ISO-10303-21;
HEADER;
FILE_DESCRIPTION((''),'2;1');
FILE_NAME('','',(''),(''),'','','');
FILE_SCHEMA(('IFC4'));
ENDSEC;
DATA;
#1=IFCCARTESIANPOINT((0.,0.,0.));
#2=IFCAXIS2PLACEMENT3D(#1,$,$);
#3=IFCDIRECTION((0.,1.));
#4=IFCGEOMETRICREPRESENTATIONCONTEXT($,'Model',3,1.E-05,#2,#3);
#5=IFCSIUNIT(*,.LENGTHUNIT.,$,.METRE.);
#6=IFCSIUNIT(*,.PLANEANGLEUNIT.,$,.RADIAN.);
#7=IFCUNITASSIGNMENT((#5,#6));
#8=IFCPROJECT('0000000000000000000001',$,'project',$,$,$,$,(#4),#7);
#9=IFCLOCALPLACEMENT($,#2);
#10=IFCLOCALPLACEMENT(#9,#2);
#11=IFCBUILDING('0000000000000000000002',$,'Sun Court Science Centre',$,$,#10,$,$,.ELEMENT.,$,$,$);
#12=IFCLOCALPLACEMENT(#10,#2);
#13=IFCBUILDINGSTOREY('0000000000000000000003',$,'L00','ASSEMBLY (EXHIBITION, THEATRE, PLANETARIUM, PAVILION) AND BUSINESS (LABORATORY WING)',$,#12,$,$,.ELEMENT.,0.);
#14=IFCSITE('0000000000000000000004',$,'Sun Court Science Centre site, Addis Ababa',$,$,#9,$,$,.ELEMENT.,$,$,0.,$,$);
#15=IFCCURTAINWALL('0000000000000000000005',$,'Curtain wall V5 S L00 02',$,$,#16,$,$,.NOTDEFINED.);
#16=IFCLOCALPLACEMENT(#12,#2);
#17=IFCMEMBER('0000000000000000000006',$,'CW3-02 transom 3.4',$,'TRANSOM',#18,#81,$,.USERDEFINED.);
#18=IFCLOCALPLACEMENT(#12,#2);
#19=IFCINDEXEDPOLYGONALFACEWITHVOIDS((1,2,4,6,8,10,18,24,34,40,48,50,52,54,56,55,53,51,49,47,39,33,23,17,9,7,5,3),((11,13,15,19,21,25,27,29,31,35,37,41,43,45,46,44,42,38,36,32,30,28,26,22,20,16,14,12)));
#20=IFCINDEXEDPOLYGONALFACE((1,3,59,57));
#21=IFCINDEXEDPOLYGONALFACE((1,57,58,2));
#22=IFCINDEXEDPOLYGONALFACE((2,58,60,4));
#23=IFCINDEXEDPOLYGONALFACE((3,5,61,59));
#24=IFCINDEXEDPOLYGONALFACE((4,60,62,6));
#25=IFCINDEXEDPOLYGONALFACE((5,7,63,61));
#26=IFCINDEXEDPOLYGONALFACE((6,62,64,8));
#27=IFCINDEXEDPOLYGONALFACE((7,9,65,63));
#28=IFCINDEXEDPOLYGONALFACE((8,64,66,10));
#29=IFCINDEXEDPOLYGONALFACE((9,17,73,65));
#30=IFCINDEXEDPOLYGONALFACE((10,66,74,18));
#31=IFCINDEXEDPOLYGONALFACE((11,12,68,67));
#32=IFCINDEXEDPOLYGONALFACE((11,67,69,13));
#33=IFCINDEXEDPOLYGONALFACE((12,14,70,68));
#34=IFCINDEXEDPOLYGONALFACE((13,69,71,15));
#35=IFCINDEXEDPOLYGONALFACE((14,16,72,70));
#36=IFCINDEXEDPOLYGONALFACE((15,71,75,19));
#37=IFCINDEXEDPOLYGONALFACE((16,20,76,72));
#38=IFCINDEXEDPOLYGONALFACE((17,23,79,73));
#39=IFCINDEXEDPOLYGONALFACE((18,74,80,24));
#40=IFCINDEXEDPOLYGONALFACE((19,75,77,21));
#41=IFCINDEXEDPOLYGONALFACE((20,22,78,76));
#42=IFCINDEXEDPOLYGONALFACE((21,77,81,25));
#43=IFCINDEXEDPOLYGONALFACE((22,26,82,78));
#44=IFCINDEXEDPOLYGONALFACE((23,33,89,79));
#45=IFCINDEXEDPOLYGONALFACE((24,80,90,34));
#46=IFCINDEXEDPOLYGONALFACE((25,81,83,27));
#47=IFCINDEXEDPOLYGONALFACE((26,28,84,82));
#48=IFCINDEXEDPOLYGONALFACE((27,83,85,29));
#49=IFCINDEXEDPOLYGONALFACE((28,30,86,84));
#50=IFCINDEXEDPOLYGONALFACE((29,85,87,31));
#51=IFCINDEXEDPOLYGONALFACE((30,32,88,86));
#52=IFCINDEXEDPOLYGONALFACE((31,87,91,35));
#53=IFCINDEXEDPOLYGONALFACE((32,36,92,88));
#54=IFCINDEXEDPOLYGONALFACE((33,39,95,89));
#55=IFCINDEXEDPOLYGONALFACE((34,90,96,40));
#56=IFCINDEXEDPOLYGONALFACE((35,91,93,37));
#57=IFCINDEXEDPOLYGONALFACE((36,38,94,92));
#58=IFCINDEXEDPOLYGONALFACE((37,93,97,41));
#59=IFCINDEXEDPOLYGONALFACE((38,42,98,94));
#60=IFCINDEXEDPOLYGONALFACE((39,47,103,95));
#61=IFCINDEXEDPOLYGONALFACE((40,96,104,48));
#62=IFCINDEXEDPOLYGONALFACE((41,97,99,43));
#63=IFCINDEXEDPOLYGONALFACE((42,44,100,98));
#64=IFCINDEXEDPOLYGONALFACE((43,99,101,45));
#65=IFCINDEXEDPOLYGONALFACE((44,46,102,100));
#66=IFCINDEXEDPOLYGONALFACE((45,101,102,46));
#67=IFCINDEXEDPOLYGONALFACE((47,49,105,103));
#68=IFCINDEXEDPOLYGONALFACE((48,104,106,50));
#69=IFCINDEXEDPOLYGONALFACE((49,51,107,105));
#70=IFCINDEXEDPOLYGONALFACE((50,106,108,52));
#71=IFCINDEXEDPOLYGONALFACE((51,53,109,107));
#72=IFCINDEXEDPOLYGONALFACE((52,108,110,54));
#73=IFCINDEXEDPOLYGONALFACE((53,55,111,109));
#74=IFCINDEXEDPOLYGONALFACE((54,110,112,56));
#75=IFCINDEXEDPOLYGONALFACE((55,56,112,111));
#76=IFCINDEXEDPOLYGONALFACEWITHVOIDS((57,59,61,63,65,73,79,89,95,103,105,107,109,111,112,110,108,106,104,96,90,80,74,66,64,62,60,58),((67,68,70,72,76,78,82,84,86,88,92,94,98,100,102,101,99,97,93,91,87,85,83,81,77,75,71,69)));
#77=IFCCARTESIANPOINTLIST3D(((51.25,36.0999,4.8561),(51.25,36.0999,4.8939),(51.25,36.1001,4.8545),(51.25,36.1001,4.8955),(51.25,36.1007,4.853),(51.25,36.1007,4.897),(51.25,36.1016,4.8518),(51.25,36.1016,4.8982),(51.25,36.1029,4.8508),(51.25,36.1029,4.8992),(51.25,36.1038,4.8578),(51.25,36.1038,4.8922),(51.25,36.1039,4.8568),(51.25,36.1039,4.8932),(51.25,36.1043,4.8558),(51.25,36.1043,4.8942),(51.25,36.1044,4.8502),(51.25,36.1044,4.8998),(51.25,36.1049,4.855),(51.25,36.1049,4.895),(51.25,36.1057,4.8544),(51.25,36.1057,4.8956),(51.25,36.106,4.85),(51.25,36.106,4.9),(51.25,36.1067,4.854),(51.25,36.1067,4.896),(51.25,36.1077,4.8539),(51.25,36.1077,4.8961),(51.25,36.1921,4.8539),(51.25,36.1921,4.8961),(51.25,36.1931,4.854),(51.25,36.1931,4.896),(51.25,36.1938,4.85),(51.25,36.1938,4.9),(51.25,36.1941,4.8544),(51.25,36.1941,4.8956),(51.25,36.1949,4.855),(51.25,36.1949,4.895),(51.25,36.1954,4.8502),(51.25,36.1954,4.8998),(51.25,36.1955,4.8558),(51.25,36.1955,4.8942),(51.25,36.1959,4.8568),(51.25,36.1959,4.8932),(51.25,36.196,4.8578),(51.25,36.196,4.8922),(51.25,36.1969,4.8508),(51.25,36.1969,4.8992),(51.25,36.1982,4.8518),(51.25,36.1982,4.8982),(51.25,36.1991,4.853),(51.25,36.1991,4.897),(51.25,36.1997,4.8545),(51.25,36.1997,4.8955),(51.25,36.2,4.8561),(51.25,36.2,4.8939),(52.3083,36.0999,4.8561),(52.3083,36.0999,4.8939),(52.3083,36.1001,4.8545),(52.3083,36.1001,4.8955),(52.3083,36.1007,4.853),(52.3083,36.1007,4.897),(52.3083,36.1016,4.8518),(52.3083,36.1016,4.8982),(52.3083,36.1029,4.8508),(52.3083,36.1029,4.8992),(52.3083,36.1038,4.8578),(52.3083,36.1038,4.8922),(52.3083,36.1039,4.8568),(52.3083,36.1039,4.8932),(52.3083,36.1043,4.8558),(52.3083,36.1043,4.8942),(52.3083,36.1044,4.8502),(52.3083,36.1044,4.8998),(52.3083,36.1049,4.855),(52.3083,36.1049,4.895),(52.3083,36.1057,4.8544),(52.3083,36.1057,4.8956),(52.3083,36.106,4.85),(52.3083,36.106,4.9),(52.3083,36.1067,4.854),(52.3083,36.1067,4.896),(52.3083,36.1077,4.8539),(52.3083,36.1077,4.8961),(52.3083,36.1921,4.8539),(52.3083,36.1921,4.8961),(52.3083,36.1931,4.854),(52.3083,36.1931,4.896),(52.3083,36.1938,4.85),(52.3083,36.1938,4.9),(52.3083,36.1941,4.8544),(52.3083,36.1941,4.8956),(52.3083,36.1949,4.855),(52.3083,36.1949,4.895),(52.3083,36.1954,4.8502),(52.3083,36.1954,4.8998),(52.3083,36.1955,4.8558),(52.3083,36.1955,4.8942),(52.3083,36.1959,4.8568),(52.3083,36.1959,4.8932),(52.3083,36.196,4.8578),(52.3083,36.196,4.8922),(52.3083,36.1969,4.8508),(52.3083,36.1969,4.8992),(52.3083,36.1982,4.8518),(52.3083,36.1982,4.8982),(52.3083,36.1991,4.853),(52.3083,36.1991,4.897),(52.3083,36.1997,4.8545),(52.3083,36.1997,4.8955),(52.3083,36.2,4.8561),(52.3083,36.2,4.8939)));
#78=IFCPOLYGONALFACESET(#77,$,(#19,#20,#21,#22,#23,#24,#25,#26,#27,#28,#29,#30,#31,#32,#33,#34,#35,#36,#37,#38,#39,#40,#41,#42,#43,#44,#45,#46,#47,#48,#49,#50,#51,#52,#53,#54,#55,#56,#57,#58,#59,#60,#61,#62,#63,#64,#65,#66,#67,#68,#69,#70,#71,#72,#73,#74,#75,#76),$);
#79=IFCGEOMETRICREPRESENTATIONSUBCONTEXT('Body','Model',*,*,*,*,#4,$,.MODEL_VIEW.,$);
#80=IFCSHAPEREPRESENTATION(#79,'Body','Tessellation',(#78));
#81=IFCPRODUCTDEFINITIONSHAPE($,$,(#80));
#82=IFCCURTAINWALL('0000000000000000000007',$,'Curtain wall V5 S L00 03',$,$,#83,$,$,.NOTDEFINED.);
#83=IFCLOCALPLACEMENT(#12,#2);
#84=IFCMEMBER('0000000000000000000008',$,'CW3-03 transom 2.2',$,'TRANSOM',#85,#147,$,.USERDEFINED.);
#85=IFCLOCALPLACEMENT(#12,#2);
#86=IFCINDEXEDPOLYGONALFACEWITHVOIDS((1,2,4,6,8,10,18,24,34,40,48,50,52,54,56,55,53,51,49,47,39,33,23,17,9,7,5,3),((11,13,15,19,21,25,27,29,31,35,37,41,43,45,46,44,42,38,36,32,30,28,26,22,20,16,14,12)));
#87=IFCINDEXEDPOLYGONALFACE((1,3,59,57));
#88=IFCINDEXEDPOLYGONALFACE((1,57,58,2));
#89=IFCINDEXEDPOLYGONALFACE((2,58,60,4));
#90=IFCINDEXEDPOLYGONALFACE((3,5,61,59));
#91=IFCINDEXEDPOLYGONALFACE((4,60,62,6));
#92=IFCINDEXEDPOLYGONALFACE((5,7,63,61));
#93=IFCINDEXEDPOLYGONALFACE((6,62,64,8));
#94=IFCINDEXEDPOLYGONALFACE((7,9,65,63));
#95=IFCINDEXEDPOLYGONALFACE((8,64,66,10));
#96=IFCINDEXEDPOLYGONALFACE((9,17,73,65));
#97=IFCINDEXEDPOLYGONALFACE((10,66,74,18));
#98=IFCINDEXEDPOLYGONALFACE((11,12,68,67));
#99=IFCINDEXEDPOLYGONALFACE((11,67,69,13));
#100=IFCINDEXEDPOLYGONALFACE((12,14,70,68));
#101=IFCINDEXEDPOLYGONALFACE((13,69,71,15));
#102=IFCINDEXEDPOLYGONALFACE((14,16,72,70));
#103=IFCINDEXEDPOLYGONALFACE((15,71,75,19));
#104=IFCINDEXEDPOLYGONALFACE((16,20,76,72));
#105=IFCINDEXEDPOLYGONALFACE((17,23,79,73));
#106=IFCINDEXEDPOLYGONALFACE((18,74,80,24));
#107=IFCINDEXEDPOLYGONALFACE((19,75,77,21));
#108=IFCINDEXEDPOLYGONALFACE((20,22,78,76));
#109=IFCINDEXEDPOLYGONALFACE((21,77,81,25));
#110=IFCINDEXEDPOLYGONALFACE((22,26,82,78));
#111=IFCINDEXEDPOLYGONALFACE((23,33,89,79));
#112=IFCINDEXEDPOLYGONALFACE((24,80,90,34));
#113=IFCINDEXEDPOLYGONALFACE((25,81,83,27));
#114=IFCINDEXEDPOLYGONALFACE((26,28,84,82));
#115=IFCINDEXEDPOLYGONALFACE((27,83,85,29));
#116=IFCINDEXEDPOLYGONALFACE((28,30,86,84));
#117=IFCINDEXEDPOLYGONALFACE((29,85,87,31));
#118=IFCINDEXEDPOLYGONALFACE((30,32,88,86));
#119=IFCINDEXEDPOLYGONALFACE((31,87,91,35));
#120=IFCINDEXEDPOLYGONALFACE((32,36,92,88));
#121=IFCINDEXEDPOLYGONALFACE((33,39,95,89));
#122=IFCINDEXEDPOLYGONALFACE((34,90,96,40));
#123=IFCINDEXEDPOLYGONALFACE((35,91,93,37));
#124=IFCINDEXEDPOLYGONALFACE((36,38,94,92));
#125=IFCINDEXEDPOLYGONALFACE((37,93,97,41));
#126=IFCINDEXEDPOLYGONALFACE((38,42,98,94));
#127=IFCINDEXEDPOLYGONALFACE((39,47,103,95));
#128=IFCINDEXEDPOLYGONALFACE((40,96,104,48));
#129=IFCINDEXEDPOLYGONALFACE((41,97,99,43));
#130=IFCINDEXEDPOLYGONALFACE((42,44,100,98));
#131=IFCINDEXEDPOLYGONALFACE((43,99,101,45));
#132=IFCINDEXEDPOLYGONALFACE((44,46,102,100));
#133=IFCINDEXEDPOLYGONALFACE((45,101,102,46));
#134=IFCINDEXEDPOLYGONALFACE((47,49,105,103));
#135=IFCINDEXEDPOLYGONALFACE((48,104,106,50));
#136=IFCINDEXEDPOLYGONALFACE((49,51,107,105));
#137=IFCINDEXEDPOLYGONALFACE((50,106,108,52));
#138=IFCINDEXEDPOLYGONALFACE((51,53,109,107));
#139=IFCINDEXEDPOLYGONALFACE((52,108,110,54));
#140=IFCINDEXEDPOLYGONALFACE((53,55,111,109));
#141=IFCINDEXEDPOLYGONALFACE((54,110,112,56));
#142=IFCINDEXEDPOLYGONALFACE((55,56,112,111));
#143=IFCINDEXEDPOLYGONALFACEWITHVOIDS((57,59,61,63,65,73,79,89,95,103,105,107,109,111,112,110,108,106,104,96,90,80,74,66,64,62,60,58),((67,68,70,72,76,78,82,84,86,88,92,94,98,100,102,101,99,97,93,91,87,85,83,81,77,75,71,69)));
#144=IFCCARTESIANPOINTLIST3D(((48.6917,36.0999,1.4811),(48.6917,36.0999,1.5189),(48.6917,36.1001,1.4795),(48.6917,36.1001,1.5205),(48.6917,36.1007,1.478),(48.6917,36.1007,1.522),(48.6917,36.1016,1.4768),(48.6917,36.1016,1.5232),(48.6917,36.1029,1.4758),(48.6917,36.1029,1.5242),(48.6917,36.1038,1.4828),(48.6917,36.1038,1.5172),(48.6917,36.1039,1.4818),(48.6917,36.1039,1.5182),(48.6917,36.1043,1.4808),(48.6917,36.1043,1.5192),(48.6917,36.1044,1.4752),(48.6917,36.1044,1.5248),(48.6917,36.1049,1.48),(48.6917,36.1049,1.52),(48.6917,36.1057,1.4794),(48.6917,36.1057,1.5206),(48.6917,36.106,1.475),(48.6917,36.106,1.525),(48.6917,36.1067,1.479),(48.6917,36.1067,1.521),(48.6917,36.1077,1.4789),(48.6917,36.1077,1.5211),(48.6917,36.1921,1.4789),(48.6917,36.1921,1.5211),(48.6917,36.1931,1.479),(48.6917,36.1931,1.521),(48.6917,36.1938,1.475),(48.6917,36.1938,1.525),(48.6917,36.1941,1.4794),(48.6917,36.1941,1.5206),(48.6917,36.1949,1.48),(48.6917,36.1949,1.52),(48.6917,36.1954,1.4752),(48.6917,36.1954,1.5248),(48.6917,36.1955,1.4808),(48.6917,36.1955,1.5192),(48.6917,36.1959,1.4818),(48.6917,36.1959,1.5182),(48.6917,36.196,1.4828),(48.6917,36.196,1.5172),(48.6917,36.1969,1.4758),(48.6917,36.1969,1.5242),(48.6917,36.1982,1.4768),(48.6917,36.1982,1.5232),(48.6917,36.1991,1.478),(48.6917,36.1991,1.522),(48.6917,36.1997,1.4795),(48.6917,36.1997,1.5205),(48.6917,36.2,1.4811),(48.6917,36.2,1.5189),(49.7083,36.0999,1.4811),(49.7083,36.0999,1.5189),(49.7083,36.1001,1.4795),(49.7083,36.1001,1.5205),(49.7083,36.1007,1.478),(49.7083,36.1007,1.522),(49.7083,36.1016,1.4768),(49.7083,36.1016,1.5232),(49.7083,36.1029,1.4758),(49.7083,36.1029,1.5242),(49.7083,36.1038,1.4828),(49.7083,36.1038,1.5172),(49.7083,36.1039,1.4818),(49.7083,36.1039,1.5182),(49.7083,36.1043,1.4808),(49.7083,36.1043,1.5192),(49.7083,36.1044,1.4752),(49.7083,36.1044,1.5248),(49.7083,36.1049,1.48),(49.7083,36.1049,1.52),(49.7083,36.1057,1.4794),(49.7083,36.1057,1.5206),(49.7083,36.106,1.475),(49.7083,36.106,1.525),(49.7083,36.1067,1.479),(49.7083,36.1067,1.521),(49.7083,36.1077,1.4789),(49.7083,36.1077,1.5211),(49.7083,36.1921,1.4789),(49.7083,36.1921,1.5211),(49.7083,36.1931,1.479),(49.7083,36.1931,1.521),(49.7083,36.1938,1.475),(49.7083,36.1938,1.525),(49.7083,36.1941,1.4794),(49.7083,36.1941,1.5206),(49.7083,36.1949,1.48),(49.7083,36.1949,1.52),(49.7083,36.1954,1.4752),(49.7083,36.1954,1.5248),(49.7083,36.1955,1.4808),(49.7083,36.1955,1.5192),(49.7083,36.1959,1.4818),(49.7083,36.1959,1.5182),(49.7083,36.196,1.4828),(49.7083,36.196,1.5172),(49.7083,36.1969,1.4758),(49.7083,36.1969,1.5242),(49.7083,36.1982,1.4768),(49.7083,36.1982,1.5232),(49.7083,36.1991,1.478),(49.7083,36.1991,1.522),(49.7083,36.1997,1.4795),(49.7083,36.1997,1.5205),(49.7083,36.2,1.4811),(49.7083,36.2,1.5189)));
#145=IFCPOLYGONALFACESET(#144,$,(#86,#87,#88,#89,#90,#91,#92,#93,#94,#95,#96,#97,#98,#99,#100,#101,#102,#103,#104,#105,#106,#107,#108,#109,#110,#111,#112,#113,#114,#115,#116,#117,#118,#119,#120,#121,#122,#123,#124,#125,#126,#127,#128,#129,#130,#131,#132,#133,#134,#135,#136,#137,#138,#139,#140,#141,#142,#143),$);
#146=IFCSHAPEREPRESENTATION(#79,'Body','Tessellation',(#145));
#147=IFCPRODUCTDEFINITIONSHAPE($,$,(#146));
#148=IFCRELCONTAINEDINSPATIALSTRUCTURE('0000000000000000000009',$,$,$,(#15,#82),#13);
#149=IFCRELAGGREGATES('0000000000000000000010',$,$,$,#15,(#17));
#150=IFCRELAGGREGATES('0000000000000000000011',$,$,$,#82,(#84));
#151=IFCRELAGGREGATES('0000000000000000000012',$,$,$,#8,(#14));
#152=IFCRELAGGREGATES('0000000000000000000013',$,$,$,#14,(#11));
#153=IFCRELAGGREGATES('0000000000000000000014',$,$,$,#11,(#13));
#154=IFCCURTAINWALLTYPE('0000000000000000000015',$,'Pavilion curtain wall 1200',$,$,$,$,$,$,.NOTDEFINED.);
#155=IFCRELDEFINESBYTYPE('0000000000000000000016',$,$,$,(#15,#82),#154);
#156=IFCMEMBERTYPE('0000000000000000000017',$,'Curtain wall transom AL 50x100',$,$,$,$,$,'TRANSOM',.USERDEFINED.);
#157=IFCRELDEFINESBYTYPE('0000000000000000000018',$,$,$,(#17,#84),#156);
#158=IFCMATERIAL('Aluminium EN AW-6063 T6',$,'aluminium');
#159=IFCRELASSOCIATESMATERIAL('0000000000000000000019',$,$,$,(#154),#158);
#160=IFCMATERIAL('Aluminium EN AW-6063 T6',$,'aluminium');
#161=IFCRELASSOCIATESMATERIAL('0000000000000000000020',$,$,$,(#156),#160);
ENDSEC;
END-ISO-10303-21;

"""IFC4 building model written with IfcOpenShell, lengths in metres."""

from ifc_helpers import new_model, si_unit, direction, frame, origin, origin_2d, place, context, subcontext, project, spatial, hollow_rectangle, extrude, material, material_profile, profile_set, type_object, element, aggregate, save


model = new_model("IFC4")

# Units and contexts
model_context = context("Model", 3, precision=1e-05, world=origin(), true_north=direction((0.0, 1.0)))
body_context = subcontext(model_context, "Body", "Model", "MODEL_VIEW")
ifc_project = project(units=[si_unit("LENGTHUNIT", "METRE"), si_unit("PLANEANGLEUNIT", "RADIAN")], contexts=[model_context])

# Site, building, storey
site_placement = place(None, origin())
site = spatial("IfcSite", under=ifc_project, at=site_placement, Name="Sun Court Science Centre site, Addis Ababa", CompositionType="ELEMENT", RefElevation=0.0)
building_placement = place(site_placement, origin())
building = spatial("IfcBuilding", under=site, at=building_placement, Name="Sun Court Science Centre", CompositionType="ELEMENT")
storey_placement = place(building_placement, origin())
storey = spatial("IfcBuildingStorey", under=building, at=storey_placement, Name="L00", Description="ASSEMBLY (EXHIBITION, THEATRE, PLANETARIUM, PAVILION) AND BUSINESS (LABORATORY WING)", CompositionType="ELEMENT", Elevation=0.0)

# Curtain walls, members
ifc_material_1 = material(Name="Aluminium EN AW-6063 T6", Category="aluminium")
curtain_wall_type = type_object("IfcCurtainWallType", Name="Pavilion curtain wall 1200", PredefinedType="NOTDEFINED", material=ifc_material_1)
curtain_wall_1_placement = place(storey_placement, origin())
curtain_wall_1 = element("IfcCurtainWall", 1, at=curtain_wall_1_placement, inside=storey, type_object=curtain_wall_type, Name="Curtain wall V5 S L00 02", PredefinedType="NOTDEFINED")
ifc_material_2 = material(Name="Aluminium EN AW-6063 T6", Category="aluminium")
ifc_material_profile = material_profile(ifc_material_2, hollow_rectangle(XDim=0.05, YDim=0.1001, WallThickness=0.0039, InnerFilletRadius=0.0039, OuterFilletRadius=0.0061, at=origin_2d()), Name="AL 50x100x4")
ifc_profile_set = profile_set([ifc_material_profile], Name="Aluminium EN AW-6063 T6")
member_type = type_object("IfcMemberType", Name="Curtain wall transom AL 50x100", ElementType="TRANSOM", PredefinedType="USERDEFINED", material=ifc_profile_set)
member_1_placement = place(storey_placement, frame((52.3083, 36.1499, 4.875), z_axis=(-1.0, 0.0, 0.0), x_axis=(0.0, 0.0, 1.0)))
member_1 = element("IfcMember", 2, at=member_1_placement, type_object=member_type, Name="CW3-02 transom 3.4", ObjectType="TRANSOM", PredefinedType="USERDEFINED", context=body_context, shape_type="SweptSolid", body=[
    extrude(hollow_rectangle(XDim=0.05, YDim=0.1001, WallThickness=0.0039, InnerFilletRadius=0.0039, OuterFilletRadius=0.0061, at=origin_2d()), origin(), (0.0, 0.0, 1.0), 1.0583),
])
curtain_wall_2_placement = place(storey_placement, origin())
curtain_wall_2 = element("IfcCurtainWall", 3, at=curtain_wall_2_placement, inside=storey, type_object=curtain_wall_type, Name="Curtain wall V5 S L00 03", PredefinedType="NOTDEFINED")
member_2_placement = place(storey_placement, frame((49.7083, 36.1499, 1.5), z_axis=(-1.0, 0.0, 0.0), x_axis=(0.0, 0.0, 1.0)))
member_2 = element("IfcMember", 4, at=member_2_placement, type_object=member_type, Name="CW3-03 transom 2.2", ObjectType="TRANSOM", PredefinedType="USERDEFINED", context=body_context, shape_type="SweptSolid", body=[
    extrude(hollow_rectangle(XDim=0.05, YDim=0.1001, WallThickness=0.0039, InnerFilletRadius=0.0039, OuterFilletRadius=0.0061, at=origin_2d()), origin(), (0.0, 0.0, 1.0), 1.0166),
])

aggregate(curtain_wall_1, [member_1])
aggregate(curtain_wall_2, [member_2])

save(model, "model.ifc")
